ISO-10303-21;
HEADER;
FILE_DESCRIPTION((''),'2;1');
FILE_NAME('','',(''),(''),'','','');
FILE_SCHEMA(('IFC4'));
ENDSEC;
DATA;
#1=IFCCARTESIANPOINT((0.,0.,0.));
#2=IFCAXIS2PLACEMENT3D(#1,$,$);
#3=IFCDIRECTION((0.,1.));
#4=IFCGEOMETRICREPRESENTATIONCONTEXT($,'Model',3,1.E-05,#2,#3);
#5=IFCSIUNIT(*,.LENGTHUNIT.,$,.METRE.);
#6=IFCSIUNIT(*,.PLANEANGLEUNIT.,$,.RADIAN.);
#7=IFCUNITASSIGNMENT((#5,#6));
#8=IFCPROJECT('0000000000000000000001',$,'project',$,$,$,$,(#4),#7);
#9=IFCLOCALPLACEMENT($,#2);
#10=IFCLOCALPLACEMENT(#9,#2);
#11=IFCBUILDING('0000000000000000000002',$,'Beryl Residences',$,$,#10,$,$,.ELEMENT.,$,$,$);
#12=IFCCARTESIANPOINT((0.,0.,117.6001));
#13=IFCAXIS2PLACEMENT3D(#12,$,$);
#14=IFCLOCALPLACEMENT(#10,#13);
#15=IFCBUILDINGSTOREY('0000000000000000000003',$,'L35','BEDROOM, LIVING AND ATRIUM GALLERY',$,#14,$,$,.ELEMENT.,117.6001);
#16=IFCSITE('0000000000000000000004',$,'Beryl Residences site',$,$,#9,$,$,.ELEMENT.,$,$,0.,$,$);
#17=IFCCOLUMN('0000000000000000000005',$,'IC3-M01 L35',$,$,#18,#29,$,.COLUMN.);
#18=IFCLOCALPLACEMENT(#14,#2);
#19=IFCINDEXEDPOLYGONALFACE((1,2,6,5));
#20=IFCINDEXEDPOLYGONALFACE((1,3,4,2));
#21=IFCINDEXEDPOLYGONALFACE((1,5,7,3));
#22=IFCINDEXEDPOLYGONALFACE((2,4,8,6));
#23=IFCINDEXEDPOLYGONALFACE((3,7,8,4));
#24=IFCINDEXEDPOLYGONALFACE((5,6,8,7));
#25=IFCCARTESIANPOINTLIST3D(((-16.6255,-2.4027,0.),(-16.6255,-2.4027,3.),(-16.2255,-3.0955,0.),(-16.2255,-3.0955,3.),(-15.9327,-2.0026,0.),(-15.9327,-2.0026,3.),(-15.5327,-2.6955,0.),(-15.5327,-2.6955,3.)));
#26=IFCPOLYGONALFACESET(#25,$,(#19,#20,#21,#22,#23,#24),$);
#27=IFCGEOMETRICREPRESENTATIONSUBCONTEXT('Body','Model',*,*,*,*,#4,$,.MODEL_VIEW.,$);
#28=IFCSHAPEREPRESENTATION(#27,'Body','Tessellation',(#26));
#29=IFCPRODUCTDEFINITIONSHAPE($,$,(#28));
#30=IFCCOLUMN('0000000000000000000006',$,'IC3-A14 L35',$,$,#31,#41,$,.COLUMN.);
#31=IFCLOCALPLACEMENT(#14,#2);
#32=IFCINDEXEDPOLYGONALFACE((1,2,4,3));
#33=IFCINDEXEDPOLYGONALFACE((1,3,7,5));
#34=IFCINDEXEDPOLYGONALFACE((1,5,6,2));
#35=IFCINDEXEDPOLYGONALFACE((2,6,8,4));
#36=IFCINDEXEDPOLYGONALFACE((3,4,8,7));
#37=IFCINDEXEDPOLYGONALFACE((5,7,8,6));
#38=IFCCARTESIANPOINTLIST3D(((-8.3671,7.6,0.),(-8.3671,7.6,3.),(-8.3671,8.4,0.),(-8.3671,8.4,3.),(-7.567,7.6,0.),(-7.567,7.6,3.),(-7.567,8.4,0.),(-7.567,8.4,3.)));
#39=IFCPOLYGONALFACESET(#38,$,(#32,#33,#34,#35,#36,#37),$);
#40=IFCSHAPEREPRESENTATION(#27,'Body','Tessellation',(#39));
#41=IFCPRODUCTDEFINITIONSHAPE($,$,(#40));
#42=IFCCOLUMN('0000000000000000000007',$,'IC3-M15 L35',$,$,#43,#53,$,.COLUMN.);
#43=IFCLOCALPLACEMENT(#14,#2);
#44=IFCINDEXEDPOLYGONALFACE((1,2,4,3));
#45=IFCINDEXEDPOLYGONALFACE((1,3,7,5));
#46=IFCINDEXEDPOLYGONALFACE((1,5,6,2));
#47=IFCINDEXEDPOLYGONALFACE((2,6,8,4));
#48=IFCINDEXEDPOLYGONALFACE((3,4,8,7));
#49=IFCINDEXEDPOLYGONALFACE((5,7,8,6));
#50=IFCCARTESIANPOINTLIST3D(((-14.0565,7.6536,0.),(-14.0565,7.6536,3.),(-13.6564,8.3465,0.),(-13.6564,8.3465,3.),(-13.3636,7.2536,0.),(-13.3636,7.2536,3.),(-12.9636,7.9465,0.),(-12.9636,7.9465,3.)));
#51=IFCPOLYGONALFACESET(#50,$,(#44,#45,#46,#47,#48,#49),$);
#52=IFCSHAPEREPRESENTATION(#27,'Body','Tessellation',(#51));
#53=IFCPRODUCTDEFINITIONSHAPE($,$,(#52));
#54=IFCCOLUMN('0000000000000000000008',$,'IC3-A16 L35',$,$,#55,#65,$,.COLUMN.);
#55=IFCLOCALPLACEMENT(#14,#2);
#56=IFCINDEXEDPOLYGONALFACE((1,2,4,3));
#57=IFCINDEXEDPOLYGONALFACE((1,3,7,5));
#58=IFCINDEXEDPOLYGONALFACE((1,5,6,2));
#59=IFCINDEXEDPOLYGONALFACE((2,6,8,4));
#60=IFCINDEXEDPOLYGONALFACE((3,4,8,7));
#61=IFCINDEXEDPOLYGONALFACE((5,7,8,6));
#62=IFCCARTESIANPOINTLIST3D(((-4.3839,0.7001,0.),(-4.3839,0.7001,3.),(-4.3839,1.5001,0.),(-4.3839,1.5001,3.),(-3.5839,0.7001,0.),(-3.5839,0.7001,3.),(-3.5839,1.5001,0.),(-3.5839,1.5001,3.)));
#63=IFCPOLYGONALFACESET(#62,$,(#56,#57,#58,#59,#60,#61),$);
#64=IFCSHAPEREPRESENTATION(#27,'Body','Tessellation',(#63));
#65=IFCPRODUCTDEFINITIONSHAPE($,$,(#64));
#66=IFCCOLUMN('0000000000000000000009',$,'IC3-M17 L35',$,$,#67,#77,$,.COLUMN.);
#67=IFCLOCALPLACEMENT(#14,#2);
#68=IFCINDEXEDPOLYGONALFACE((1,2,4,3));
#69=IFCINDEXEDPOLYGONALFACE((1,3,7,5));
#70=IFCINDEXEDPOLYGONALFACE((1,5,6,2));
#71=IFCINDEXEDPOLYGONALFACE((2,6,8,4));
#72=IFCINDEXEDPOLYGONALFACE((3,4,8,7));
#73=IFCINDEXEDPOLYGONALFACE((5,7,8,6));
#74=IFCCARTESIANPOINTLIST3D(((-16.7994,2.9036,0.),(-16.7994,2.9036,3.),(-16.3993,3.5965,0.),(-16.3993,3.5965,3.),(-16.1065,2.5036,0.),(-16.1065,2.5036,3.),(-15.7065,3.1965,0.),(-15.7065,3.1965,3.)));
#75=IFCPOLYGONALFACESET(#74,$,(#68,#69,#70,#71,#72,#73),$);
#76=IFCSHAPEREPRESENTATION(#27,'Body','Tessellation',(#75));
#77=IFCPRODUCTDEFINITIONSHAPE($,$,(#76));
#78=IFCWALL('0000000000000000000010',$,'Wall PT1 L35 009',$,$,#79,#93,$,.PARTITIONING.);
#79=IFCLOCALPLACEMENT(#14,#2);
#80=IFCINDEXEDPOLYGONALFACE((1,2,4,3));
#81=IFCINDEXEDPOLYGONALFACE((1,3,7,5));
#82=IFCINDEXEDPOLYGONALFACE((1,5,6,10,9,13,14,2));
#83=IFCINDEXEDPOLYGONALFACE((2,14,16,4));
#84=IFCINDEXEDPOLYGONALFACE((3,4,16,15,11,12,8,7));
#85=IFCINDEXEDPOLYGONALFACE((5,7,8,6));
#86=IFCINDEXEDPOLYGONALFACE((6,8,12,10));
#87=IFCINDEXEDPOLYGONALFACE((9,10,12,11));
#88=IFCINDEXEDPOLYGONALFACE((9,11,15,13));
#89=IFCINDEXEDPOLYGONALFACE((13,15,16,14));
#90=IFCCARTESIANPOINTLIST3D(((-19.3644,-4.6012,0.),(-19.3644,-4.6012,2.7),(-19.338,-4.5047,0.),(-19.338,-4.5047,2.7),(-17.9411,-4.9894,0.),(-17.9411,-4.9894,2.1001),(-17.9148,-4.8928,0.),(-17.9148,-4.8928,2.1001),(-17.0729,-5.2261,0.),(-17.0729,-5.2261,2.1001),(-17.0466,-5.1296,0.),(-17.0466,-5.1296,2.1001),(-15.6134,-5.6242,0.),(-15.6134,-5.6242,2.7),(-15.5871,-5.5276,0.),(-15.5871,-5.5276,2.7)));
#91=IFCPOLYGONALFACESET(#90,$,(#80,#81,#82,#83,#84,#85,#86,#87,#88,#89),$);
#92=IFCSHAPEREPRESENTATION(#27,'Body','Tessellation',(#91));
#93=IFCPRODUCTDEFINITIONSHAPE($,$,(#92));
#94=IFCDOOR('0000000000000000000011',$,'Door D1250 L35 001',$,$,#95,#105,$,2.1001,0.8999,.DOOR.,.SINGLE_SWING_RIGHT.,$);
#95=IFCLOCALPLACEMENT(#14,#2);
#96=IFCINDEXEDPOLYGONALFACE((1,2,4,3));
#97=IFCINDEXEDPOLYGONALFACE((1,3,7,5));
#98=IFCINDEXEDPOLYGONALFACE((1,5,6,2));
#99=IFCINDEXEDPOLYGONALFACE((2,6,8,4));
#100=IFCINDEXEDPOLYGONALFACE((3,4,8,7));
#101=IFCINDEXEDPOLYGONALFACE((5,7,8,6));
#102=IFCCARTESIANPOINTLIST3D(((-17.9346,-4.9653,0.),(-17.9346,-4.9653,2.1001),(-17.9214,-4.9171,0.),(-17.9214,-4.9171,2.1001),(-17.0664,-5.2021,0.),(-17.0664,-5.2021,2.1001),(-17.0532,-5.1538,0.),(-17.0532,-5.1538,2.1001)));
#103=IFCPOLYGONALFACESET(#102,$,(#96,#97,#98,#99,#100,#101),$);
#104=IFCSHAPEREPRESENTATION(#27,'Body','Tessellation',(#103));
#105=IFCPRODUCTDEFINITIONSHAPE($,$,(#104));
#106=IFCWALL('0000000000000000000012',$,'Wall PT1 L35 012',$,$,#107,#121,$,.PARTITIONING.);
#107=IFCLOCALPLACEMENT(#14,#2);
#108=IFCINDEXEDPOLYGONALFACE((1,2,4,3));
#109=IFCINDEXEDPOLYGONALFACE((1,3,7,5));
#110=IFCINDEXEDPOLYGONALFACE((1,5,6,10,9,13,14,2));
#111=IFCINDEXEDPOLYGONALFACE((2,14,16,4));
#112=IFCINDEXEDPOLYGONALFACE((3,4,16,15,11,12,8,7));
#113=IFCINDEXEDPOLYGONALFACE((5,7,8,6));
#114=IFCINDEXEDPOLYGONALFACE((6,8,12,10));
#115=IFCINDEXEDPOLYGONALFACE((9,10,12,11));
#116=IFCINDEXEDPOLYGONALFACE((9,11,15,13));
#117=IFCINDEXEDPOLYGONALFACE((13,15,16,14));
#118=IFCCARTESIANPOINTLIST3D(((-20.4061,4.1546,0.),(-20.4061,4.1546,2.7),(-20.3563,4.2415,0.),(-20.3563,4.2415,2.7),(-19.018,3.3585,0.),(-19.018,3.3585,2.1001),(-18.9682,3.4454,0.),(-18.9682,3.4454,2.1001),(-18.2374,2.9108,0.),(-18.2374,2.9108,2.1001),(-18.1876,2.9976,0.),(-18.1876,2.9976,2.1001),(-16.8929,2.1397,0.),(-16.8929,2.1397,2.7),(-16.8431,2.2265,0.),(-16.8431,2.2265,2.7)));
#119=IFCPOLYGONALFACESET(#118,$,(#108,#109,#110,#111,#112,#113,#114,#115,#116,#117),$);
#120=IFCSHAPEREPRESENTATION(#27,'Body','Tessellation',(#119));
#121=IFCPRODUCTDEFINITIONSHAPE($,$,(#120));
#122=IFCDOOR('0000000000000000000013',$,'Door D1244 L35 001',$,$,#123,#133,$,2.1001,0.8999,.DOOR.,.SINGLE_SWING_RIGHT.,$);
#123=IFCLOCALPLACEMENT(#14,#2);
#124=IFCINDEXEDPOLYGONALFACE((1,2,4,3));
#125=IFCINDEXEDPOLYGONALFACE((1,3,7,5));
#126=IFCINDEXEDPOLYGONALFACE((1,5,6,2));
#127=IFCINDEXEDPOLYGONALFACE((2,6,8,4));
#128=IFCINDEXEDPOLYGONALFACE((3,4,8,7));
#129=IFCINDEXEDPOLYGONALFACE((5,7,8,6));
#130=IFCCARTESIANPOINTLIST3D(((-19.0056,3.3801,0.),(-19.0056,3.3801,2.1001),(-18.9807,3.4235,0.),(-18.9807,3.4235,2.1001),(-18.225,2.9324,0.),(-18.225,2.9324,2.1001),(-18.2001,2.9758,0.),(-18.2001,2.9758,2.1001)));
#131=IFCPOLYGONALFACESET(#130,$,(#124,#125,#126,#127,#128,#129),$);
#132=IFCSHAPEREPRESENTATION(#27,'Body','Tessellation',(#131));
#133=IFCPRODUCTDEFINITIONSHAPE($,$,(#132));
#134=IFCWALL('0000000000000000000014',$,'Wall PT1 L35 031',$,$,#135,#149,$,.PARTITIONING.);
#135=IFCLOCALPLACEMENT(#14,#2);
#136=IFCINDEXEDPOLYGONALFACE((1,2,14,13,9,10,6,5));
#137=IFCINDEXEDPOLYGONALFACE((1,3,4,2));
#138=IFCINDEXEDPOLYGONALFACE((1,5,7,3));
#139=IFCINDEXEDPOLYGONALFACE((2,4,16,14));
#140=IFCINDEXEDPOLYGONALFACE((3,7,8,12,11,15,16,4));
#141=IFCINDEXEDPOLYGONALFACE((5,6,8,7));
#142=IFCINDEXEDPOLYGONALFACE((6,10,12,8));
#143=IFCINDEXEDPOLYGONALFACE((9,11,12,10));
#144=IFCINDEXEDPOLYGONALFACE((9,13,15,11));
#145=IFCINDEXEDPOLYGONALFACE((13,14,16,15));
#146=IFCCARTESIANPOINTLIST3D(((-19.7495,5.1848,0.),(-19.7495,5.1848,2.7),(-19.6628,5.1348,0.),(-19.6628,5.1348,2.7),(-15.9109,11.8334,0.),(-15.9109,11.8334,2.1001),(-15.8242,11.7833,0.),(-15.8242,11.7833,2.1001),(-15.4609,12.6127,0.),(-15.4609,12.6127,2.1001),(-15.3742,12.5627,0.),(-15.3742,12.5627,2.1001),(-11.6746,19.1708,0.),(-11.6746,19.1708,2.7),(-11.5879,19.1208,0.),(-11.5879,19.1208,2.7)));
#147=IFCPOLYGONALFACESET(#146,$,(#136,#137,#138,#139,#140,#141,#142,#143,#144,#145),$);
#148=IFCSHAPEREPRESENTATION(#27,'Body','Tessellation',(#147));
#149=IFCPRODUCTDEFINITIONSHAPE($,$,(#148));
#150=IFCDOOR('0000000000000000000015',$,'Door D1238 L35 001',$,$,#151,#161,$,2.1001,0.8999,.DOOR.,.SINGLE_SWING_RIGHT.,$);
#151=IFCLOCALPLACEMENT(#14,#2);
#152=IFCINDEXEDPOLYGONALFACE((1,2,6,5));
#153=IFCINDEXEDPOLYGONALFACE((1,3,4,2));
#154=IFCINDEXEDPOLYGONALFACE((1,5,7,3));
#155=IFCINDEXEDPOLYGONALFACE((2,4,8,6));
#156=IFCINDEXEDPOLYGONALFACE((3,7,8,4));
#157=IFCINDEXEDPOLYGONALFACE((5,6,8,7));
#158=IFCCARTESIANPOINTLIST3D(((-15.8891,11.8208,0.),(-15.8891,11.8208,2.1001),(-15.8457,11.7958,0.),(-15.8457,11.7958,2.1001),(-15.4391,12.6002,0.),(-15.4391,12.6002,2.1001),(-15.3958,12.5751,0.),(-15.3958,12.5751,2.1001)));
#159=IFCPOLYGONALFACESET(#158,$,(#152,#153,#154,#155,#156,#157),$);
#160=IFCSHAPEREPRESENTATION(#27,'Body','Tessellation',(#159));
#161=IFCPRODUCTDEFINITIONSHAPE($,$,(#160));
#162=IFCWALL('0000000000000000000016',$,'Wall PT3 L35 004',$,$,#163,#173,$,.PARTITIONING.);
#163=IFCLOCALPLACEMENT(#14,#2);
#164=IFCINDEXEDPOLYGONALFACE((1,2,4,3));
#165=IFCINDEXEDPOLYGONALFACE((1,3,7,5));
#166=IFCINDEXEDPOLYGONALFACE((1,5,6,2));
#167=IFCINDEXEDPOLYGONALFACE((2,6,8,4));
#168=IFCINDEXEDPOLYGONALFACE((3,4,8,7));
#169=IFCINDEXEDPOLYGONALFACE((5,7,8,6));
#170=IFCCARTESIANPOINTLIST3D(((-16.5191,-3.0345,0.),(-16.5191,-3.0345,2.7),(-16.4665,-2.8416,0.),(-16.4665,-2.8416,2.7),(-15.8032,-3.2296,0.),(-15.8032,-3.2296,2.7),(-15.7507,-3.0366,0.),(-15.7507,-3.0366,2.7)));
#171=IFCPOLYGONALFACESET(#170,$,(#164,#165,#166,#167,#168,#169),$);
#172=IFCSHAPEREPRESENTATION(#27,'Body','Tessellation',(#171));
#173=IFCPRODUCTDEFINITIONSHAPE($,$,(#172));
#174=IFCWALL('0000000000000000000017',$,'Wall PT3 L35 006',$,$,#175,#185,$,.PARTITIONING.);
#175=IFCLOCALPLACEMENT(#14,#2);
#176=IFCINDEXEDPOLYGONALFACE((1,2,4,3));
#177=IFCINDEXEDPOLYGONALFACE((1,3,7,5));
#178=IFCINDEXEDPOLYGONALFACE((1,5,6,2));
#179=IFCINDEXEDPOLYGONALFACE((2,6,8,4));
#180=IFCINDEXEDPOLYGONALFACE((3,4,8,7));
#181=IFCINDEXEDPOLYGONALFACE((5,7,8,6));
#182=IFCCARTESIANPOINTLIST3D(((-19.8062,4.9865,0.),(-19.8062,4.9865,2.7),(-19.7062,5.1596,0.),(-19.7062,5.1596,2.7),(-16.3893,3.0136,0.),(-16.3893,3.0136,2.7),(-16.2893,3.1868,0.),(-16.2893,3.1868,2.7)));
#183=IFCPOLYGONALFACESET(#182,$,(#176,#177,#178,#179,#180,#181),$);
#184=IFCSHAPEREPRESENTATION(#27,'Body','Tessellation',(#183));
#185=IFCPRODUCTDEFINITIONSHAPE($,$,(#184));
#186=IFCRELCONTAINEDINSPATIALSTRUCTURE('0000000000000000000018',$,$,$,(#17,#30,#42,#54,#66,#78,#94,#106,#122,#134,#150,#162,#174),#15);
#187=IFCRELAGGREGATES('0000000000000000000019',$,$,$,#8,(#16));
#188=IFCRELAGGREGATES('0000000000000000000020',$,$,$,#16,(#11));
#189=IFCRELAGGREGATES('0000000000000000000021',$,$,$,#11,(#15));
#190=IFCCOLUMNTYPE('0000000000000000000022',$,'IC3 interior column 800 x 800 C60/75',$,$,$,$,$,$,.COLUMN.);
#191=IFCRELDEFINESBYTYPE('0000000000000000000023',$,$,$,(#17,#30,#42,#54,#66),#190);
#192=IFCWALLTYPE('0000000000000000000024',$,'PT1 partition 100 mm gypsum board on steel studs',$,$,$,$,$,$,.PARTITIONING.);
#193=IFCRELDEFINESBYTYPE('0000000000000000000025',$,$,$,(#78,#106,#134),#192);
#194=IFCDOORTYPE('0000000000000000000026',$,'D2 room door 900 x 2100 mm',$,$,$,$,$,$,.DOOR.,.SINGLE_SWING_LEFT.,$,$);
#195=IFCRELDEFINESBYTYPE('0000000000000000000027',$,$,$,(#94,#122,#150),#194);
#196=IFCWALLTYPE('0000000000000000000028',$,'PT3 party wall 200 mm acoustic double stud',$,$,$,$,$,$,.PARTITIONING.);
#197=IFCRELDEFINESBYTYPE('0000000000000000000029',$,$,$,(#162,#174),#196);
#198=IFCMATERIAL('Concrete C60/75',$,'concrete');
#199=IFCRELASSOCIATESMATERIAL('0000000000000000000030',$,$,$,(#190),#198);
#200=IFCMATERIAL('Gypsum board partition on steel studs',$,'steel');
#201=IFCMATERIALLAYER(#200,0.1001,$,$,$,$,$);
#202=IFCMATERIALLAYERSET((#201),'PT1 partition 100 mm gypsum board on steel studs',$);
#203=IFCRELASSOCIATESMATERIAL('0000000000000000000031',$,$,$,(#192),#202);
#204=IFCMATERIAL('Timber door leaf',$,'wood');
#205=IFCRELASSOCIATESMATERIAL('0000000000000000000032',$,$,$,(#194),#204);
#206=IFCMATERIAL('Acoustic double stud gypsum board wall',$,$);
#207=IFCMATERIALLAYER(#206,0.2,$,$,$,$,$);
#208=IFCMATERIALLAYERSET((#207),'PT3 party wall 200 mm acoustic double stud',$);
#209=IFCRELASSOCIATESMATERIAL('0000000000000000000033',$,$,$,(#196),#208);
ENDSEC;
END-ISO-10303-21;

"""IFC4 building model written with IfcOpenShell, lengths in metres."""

from ifc_helpers import new_model, si_unit, direction, frame, frame_2d, origin, origin_2d, place, context, subcontext, project, spatial, rectangle, extrude, material, layer, layer_set, material_profile, profile_set, type_object, element, fill, save


model = new_model("IFC4")

# Units and contexts
model_context = context("Model", 3, precision=1e-05, world=origin(), true_north=direction((0.0, 1.0)))
body_context = subcontext(model_context, "Body", "Model", "MODEL_VIEW")
ifc_project = project(units=[si_unit("LENGTHUNIT", "METRE"), si_unit("PLANEANGLEUNIT", "RADIAN")], contexts=[model_context])

# Site, building, storey
site_placement = place(None, origin())
site = spatial("IfcSite", under=ifc_project, at=site_placement, Name="Beryl Residences site", CompositionType="ELEMENT", RefElevation=0.0)
building_placement = place(site_placement, origin())
building = spatial("IfcBuilding", under=site, at=building_placement, Name="Beryl Residences", CompositionType="ELEMENT")
storey_placement = place(building_placement, frame((0.0, 0.0, 117.6001)))
storey = spatial("IfcBuildingStorey", under=building, at=storey_placement, Name="L35", Description="BEDROOM, LIVING AND ATRIUM GALLERY", CompositionType="ELEMENT", Elevation=117.6001)

# Columns
ifc_material_1 = material(Name="Concrete C60/75", Category="concrete")
ifc_material_profile = material_profile(ifc_material_1, rectangle(XDim=0.8, YDim=0.8, at=origin_2d()))
ifc_profile_set = profile_set([ifc_material_profile], Name="Concrete C60/75")
column_type = type_object("IfcColumnType", Name="IC3 interior column 800 x 800 C60/75", PredefinedType="COLUMN", material=ifc_profile_set)
for number, where, z_axis, x_axis, name in (
    (1, (-16.0791, -2.5491, 0.0), (0.0, 0.0, 1.0), (0.5, -0.866025, 0.0), "IC3-M01 L35"),
    (2, (-7.967, 8.0, 0.0), (0.0, 0.0, 1.0), (1.0, 0.0, 0.0), "IC3-A14 L35"),
    (3, (-13.51, 7.8, 0.0), (0.0, 0.0, 1.0), (-0.5, -0.866025, 0.0), "IC3-M15 L35"),
    (4, (-3.9839, 1.1001, 0.0), (0.0, 0.0, 1.0), (1.0, 0.0, 0.0), "IC3-A16 L35"),
    (5, (-16.2529, 3.05, 0.0), (0.0, 0.0, 1.0), (-0.5, -0.866025, 0.0), "IC3-M17 L35"),
):
    element("IfcColumn", number, at=place(storey_placement, frame(where, z_axis=z_axis, x_axis=x_axis)), inside=storey, type_object=column_type, Name=name, PredefinedType="COLUMN", context=body_context, shape_type="SweptSolid", body=[
        extrude(rectangle(XDim=0.8, YDim=0.8, at=origin_2d()), origin(), (0.0, 0.0, 1.0), 3.0),
    ])

# Walls, openings, doors
ifc_material_2 = material(Name="Gypsum board partition on steel studs", Category="steel")
ifc_layer_1 = layer(ifc_material_2, 0.1001)
ifc_layer_set_1 = layer_set([ifc_layer_1], Name="PT1 partition 100 mm gypsum board on steel studs")
wall_type_1 = type_object("IfcWallType", Name="PT1 partition 100 mm gypsum board on steel studs", PredefinedType="PARTITIONING", material=ifc_layer_set_1)
wall_1_placement = place(storey_placement, frame((-19.3511, -4.553, 0.0), z_axis=(0.0, 0.0, 1.0), x_axis=(0.964767, -0.263107, 0.0)))
wall_1 = element("IfcWall", 6, at=wall_1_placement, inside=storey, type_object=wall_type_1, Name="Wall PT1 L35 009", PredefinedType="PARTITIONING", context=body_context, shape_type="SweptSolid", body=[
    extrude(rectangle(XDim=3.8879, YDim=0.1001, at=frame_2d((1.9438, 0.0))), origin(), (0.0, 0.0, 1.0), 2.7),
])
opening_1_placement = place(wall_1_placement, frame((1.4751, 0.0, 0.0)))
opening_1 = element("IfcOpeningElement", 7, at=opening_1_placement, cuts=wall_1, PredefinedType="OPENING", context=body_context, shape_type="SweptSolid", body=[
    extrude(rectangle(XDim=0.8999, YDim=2.1001, at=frame_2d((0.45, 1.05))), frame((0.0, 0.0601, 0.0), z_axis=(0.0, -1.0, 0.0), x_axis=(1.0, 0.0, 0.0)), (0.0, 0.0, 1.0), 0.1201),
])
ifc_material_3 = material(Name="Timber door leaf", Category="wood")
door_type_1 = type_object("IfcDoorType", Name="D2 room door 900 x 2100 mm", OperationType="SINGLE_SWING_LEFT", PredefinedType="DOOR", material=ifc_material_3)
door_1_placement = place(opening_1_placement, origin())
door_1 = element("IfcDoor", 8, at=door_1_placement, inside=storey, type_object=door_type_1, Name="Door D1250 L35 001", OperationType="SINGLE_SWING_RIGHT", OverallHeight=2.1001, OverallWidth=0.8999, PredefinedType="DOOR", context=body_context, shape_type="SweptSolid", body=[
    extrude(rectangle(XDim=0.8999, YDim=2.1001, at=frame_2d((0.45, 1.05))), frame((0.0, 0.0249, 0.0), z_axis=(0.0, -1.0, 0.0), x_axis=(1.0, 0.0, 0.0)), (0.0, 0.0, 1.0), 0.05),
])
fill(opening_1, door_1)
wall_2_placement = place(storey_placement, frame((-20.3811, 4.198, 0.0), z_axis=(0.0, 0.0, 1.0), x_axis=(0.867459, -0.497508, 0.0)))
wall_2 = element("IfcWall", 9, at=wall_2_placement, inside=storey, type_object=wall_type_1, Name="Wall PT1 L35 012", PredefinedType="PARTITIONING", context=body_context, shape_type="SweptSolid", body=[
    extrude(rectangle(XDim=4.05, YDim=0.1001, at=frame_2d((2.0249, 0.0))), origin(), (0.0, 0.0, 1.0), 2.7),
])
opening_2_placement = place(wall_2_placement, frame((1.6001, 0.0, 0.0)))
opening_2 = element("IfcOpeningElement", 10, at=opening_2_placement, cuts=wall_2, PredefinedType="OPENING", context=body_context, shape_type="SweptSolid", body=[
    extrude(rectangle(XDim=0.8999, YDim=2.1001, at=frame_2d((0.45, 1.05))), frame((0.0, 0.0601, 0.0), z_axis=(0.0, -1.0, 0.0), x_axis=(1.0, 0.0, 0.0)), (0.0, 0.0, 1.0), 0.1201),
])
door_2_placement = place(opening_2_placement, origin())
door_2 = element("IfcDoor", 11, at=door_2_placement, inside=storey, type_object=door_type_1, Name="Door D1244 L35 001", OperationType="SINGLE_SWING_RIGHT", OverallHeight=2.1001, OverallWidth=0.8999, PredefinedType="DOOR", context=body_context, shape_type="SweptSolid", body=[
    extrude(rectangle(XDim=0.8999, YDim=2.1001, at=frame_2d((0.45, 1.05))), frame((0.0, 0.0249, 0.0), z_axis=(0.0, -1.0, 0.0), x_axis=(1.0, 0.0, 0.0)), (0.0, 0.0, 1.0), 0.05),
])
fill(opening_2, door_2)
wall_3_placement = place(storey_placement, frame((-19.7061, 5.1599, 0.0), z_axis=(0.0, 0.0, 1.0), x_axis=(0.500004, 0.866023, 0.0)))
wall_3 = element("IfcWall", 12, at=wall_3_placement, inside=storey, type_object=wall_type_1, Name="Wall PT1 L35 031", PredefinedType="PARTITIONING", context=body_context, shape_type="SweptSolid", body=[
    extrude(rectangle(XDim=16.1497, YDim=0.1001, at=frame_2d((8.0747, 0.0))), origin(), (0.0, 0.0, 1.0), 2.7),
])
opening_3_placement = place(wall_3_placement, frame((7.677, 0.0, 0.0)))
opening_3 = element("IfcOpeningElement", 13, at=opening_3_placement, cuts=wall_3, PredefinedType="OPENING", context=body_context, shape_type="SweptSolid", body=[
    extrude(rectangle(XDim=0.8999, YDim=2.1001, at=frame_2d((0.45, 1.05))), frame((0.0, 0.0601, 0.0), z_axis=(0.0, -1.0, 0.0), x_axis=(1.0, 0.0, 0.0)), (0.0, 0.0, 1.0), 0.1201),
])
door_3_placement = place(opening_3_placement, origin())
door_3 = element("IfcDoor", 14, at=door_3_placement, inside=storey, type_object=door_type_1, Name="Door D1238 L35 001", OperationType="SINGLE_SWING_RIGHT", OverallHeight=2.1001, OverallWidth=0.8999, PredefinedType="DOOR", context=body_context, shape_type="SweptSolid", body=[
    extrude(rectangle(XDim=0.8999, YDim=2.1001, at=frame_2d((0.45, 1.05))), frame((0.0, 0.0249, 0.0), z_axis=(0.0, -1.0, 0.0), x_axis=(1.0, 0.0, 0.0)), (0.0, 0.0, 1.0), 0.05),
])
fill(opening_3, door_3)

# Walls
ifc_material_4 = material(Name="Acoustic double stud gypsum board wall")
ifc_layer_2 = layer(ifc_material_4, 0.2)
ifc_layer_set_2 = layer_set([ifc_layer_2], Name="PT3 party wall 200 mm acoustic double stud")
wall_type_2 = type_object("IfcWallType", Name="PT3 party wall 200 mm acoustic double stud", PredefinedType="PARTITIONING", material=ifc_layer_set_2)
wall_4_placement = place(storey_placement, frame((-16.4929, -2.938, 0.0), z_axis=(0.0, 0.0, 1.0), x_axis=(0.964817, -0.262922, 0.0)))
element("IfcWall", 15, at=wall_4_placement, inside=storey, type_object=wall_type_2, Name="Wall PT3 L35 004", PredefinedType="PARTITIONING", context=body_context, shape_type="SweptSolid", body=[
    extrude(rectangle(XDim=0.7419, YDim=0.2, at=frame_2d((0.3711, 0.0))), origin(), (0.0, 0.0, 1.0), 2.7),
])
wall_5_placement = place(storey_placement, frame((-19.7561, 5.073, 0.0), z_axis=(0.0, 0.0, 1.0), x_axis=(0.866015, -0.500019, 0.0)))
element("IfcWall", 16, at=wall_5_placement, inside=storey, type_object=wall_type_2, Name="Wall PT3 L35 006", PredefinedType="PARTITIONING", context=body_context, shape_type="SweptSolid", body=[
    extrude(rectangle(XDim=3.9456, YDim=0.2, at=frame_2d((1.9727, 0.0))), origin(), (0.0, 0.0, 1.0), 2.7),
])

save(model, "model.ifc")
